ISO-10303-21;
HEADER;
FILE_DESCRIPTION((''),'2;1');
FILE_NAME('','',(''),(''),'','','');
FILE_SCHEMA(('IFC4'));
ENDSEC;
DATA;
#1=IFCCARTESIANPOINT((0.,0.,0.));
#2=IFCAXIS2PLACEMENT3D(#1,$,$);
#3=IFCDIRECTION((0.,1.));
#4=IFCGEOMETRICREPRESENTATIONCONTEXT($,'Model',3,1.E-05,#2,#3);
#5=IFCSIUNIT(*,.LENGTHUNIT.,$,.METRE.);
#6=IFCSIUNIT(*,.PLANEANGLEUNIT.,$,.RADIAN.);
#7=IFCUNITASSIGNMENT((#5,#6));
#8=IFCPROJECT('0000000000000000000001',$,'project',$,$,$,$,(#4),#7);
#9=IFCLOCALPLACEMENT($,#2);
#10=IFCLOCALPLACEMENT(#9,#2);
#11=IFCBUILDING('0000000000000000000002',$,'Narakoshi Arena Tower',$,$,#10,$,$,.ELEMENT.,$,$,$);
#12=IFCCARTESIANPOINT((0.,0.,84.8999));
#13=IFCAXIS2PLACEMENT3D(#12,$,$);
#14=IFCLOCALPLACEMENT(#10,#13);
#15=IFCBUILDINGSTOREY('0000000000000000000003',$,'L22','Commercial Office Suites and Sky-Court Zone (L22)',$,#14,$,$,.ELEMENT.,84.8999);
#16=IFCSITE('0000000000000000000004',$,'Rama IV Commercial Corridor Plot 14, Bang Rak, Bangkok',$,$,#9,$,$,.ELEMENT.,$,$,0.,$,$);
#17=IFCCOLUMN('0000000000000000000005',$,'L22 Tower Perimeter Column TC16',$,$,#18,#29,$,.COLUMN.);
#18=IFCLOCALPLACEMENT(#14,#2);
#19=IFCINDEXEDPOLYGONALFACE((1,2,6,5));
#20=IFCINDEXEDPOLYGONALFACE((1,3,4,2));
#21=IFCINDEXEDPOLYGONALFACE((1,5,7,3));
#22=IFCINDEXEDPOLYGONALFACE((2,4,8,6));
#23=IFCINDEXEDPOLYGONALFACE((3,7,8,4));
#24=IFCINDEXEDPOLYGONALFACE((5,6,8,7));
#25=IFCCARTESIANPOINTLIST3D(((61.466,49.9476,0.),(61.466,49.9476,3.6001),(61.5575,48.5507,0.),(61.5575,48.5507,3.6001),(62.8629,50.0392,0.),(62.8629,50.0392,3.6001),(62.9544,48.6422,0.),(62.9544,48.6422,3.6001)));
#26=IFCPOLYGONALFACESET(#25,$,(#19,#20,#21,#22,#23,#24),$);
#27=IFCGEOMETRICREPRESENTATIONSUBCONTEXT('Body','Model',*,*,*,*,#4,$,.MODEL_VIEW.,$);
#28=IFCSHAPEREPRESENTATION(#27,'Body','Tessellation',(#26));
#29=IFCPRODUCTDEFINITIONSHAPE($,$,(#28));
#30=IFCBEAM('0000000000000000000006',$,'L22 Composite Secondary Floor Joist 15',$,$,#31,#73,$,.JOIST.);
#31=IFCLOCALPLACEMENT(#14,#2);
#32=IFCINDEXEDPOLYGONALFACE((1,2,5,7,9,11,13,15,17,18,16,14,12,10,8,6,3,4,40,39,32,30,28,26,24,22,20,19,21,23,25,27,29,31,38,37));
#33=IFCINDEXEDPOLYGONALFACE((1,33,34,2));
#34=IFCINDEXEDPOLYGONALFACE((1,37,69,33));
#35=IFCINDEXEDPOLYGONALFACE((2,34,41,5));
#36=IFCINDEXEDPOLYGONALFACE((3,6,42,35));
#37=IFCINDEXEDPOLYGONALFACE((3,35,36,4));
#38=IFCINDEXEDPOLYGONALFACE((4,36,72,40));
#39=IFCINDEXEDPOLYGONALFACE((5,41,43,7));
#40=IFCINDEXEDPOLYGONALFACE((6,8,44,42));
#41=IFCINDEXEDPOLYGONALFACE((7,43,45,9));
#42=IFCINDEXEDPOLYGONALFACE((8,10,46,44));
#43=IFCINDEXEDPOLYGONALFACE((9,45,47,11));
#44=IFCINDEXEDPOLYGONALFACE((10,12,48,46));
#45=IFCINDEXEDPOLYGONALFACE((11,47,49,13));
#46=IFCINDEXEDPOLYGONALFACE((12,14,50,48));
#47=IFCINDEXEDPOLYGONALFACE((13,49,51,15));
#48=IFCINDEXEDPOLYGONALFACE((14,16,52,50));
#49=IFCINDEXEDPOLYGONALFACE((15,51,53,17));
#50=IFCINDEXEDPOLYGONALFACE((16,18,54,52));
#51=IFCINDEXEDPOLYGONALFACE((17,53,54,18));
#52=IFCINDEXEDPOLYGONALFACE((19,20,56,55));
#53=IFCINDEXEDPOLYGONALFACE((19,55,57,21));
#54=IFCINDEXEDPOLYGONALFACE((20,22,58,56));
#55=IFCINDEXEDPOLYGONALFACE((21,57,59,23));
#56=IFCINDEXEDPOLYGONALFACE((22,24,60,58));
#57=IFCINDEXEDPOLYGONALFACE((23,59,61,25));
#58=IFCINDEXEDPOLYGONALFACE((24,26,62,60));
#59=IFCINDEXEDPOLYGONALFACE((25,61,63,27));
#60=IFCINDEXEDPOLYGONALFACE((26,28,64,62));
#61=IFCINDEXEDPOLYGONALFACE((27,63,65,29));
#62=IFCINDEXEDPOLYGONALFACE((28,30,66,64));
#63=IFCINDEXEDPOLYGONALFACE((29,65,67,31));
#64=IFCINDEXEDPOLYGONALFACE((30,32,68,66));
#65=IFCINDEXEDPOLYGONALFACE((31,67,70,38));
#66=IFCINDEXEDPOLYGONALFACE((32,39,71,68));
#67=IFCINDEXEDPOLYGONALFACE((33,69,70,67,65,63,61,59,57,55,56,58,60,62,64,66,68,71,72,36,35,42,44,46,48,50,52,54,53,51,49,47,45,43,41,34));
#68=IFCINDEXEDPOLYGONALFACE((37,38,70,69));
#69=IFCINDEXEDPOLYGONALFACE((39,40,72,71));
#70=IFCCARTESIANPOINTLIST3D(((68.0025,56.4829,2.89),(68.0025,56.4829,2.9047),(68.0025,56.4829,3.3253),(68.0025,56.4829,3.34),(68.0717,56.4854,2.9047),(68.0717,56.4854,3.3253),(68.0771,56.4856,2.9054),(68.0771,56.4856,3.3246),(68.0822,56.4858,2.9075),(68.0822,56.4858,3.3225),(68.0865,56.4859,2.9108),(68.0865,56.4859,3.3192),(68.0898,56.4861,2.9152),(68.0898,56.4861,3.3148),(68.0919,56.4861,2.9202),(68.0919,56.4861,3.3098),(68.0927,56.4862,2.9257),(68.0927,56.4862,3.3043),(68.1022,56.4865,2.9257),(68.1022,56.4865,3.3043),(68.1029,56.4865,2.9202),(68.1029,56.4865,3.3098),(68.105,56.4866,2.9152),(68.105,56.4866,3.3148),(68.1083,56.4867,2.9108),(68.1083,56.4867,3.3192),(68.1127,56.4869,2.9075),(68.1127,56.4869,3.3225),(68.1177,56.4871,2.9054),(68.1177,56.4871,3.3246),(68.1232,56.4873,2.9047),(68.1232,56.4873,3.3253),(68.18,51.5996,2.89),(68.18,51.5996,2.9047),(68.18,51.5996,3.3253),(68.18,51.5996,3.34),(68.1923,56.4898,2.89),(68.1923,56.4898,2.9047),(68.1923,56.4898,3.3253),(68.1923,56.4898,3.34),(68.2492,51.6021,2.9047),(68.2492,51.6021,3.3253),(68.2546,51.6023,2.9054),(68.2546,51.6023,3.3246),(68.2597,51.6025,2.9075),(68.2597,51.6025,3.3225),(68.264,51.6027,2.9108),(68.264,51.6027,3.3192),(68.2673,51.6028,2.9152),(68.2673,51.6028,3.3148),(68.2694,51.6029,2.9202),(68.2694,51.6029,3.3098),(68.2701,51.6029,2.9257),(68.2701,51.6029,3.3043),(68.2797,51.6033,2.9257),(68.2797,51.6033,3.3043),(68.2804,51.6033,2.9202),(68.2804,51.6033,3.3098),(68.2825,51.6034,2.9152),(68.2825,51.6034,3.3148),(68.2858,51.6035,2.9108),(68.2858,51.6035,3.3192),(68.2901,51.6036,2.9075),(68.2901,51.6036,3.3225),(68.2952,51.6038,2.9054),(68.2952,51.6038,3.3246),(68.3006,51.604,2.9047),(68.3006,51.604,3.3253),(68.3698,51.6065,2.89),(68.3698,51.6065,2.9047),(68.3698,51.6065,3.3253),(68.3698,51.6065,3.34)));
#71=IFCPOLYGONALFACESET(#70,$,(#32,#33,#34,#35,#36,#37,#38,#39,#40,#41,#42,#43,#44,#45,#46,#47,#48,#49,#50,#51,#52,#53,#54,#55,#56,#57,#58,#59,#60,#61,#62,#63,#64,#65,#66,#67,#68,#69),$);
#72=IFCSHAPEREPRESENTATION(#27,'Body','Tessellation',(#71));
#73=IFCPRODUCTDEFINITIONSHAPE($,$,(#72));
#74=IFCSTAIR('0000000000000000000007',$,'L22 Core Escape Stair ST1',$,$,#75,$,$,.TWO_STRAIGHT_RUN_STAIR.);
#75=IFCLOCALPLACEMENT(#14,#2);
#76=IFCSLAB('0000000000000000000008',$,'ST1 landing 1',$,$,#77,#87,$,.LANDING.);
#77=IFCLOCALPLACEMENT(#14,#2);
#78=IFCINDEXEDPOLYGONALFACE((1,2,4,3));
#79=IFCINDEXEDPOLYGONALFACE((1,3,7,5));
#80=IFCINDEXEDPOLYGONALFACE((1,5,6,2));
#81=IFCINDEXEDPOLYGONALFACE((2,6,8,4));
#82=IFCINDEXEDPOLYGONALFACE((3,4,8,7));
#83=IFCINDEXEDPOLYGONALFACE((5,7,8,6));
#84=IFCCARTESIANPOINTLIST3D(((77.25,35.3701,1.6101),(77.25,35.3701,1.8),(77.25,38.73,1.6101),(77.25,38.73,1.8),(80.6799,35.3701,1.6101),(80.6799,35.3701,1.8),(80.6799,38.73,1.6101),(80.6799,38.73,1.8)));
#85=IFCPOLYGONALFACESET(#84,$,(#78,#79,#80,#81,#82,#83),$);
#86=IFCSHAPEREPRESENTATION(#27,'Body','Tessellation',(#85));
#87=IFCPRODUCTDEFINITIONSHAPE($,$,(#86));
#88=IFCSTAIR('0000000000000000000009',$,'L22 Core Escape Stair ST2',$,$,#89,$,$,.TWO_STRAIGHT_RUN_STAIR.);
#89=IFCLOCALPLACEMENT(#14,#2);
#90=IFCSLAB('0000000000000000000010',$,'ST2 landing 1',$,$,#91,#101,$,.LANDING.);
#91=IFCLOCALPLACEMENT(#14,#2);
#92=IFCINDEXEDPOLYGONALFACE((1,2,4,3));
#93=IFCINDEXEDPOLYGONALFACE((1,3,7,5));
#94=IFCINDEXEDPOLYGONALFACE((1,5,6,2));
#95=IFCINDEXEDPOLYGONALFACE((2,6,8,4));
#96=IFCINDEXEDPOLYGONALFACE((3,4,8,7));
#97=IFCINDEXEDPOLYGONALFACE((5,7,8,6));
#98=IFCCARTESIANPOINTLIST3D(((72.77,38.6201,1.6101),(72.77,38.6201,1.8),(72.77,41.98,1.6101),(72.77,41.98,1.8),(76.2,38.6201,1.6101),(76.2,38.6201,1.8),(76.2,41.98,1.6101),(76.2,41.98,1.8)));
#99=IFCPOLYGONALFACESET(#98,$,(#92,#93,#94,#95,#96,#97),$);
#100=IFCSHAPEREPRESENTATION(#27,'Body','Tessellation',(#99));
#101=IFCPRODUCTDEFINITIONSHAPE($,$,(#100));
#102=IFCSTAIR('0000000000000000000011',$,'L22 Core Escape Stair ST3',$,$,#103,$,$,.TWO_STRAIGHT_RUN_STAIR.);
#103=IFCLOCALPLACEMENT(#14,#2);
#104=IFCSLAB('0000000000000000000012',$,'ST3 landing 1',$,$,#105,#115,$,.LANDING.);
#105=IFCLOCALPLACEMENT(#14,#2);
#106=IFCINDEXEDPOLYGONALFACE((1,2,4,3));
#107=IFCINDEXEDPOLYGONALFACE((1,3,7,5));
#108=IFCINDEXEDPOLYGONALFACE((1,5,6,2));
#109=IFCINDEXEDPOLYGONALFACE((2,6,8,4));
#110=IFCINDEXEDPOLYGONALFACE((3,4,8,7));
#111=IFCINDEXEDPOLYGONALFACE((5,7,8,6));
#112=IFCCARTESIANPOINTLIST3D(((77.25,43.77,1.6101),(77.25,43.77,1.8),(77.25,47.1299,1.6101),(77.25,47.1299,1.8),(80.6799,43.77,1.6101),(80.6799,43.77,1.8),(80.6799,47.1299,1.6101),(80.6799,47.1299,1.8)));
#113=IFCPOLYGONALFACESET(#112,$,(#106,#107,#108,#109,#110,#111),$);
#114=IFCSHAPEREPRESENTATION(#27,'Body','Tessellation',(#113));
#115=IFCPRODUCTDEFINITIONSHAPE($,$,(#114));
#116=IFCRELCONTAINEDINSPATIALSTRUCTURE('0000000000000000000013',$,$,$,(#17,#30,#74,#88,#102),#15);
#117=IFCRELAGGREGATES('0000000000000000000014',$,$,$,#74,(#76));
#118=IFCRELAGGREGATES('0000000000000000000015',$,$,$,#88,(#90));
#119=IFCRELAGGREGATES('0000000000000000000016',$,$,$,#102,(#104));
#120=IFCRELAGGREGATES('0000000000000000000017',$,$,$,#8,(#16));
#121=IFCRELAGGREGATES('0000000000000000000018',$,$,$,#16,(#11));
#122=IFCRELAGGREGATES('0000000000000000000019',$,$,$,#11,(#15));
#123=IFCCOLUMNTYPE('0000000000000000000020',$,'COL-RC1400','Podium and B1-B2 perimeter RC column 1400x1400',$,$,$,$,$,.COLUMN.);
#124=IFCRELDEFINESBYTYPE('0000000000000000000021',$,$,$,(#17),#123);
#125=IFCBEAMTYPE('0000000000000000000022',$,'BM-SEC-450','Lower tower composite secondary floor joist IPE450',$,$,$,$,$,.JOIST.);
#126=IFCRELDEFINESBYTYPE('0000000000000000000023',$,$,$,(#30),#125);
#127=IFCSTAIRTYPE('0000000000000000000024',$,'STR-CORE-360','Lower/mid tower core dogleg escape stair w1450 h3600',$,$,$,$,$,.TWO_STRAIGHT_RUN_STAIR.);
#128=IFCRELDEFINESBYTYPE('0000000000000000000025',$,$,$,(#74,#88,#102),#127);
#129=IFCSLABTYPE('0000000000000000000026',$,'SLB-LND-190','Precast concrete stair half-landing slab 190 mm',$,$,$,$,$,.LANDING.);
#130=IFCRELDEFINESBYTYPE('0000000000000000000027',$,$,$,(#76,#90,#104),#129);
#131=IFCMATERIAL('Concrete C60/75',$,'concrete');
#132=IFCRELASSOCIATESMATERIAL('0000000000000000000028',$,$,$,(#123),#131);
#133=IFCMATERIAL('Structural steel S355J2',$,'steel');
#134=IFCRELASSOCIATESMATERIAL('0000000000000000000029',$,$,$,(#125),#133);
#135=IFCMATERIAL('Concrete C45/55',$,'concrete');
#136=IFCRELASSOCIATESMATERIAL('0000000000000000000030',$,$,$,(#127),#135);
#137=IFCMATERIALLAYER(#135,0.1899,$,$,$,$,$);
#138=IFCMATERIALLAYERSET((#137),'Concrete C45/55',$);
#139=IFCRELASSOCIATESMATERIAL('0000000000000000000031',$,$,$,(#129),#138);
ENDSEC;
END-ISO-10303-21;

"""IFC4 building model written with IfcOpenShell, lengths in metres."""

from ifc_helpers import new_model, si_unit, direction, frame, origin, origin_2d, place, context, subcontext, project, spatial, polyline, rectangle, i_section, outline, extrude, material, layer, layer_set, material_profile, profile_set, type_object, element, aggregate, save


model = new_model("IFC4")

# Units and contexts
model_context = context("Model", 3, precision=1e-05, world=origin(), true_north=direction((0.0, 1.0)))
body_context = subcontext(model_context, "Body", "Model", "MODEL_VIEW")
ifc_project = project(units=[si_unit("LENGTHUNIT", "METRE"), si_unit("PLANEANGLEUNIT", "RADIAN")], contexts=[model_context])

# Site, building, storey
site_placement = place(None, origin())
site = spatial("IfcSite", under=ifc_project, at=site_placement, Name="Rama IV Commercial Corridor Plot 14, Bang Rak, Bangkok", CompositionType="ELEMENT", RefElevation=0.0)
building_placement = place(site_placement, origin())
building = spatial("IfcBuilding", under=site, at=building_placement, Name="Narakoshi Arena Tower", CompositionType="ELEMENT")
storey_placement = place(building_placement, frame((0.0, 0.0, 84.8999)))
storey = spatial("IfcBuildingStorey", under=building, at=storey_placement, Name="L22", Description="Commercial Office Suites and Sky-Court Zone (L22)", CompositionType="ELEMENT", Elevation=84.8999)

# Column
ifc_material_1 = material(Name="Concrete C60/75", Category="concrete")
ifc_material_profile_1 = material_profile(ifc_material_1, rectangle(XDim=1.3999, YDim=1.3999, at=origin_2d()), Name="RC1400x1400")
ifc_profile_set_1 = profile_set([ifc_material_profile_1], Name="Concrete C60/75")
column_type = type_object("IfcColumnType", Name="COL-RC1400", Description="Podium and B1-B2 perimeter RC column 1400x1400", PredefinedType="COLUMN", material=ifc_profile_set_1)
column_placement = place(storey_placement, frame((62.2102, 49.2949, 0.0), z_axis=(0.0, 0.0, 1.0), x_axis=(-0.065403, 0.997859, 0.0)))
element("IfcColumn", 1, at=column_placement, inside=storey, type_object=column_type, Name="L22 Tower Perimeter Column TC16", PredefinedType="COLUMN", context=body_context, shape_type="SweptSolid", body=[
    extrude(rectangle(XDim=1.3999, YDim=1.3999, at=origin_2d()), origin(), (0.0, 0.0, 1.0), 3.6001),
])

# Beam
ifc_material_2 = material(Name="Structural steel S355J2", Category="steel")
ifc_material_profile_2 = material_profile(ifc_material_2, i_section(OverallWidth=0.1899, OverallDepth=0.45, WebThickness=0.0095, FlangeThickness=0.0146, FilletRadius=0.021, at=origin_2d()), Name="IPE450")
ifc_profile_set_2 = profile_set([ifc_material_profile_2], Name="Structural steel S355J2")
beam_type = type_object("IfcBeamType", Name="BM-SEC-450", Description="Lower tower composite secondary floor joist IPE450", PredefinedType="JOIST", material=ifc_profile_set_2)
beam_placement = place(storey_placement, frame((68.0974, 56.4863, 3.115), z_axis=(0.036322, -0.99934, 0.0), x_axis=(0.99934, 0.036322, 0.0)))
element("IfcBeam", 2, at=beam_placement, inside=storey, type_object=beam_type, Name="L22 Composite Secondary Floor Joist 15", PredefinedType="JOIST", context=body_context, shape_type="SweptSolid", body=[
    extrude(i_section(OverallWidth=0.1899, OverallDepth=0.45, WebThickness=0.0095, FlangeThickness=0.0146, FilletRadius=0.021, at=origin_2d()), origin(), (0.0, 0.0, 1.0), 4.8865),
])

# Stairs, slabs
ifc_material_3 = material(Name="Concrete C45/55", Category="concrete")
stair_type = type_object("IfcStairType", Name="STR-CORE-360", Description="Lower/mid tower core dogleg escape stair w1450 h3600", PredefinedType="TWO_STRAIGHT_RUN_STAIR", material=ifc_material_3)
stair_1_placement = place(storey_placement, origin())
stair_1 = element("IfcStair", 3, at=stair_1_placement, inside=storey, type_object=stair_type, Name="L22 Core Escape Stair ST1", PredefinedType="TWO_STRAIGHT_RUN_STAIR")
ifc_layer_1 = layer(ifc_material_3, 0.1899)
ifc_layer_set_1 = layer_set([ifc_layer_1], Name="Concrete C45/55")
slab_type_1 = type_object("IfcSlabType", Name="SLB-LND-190", Description="Precast concrete stair half-landing slab 190 mm", PredefinedType="LANDING", material=ifc_layer_set_1)
slab_1_placement = place(storey_placement, frame((0.0, 0.0, 1.6101)))
slab_1 = element("IfcSlab", 4, at=slab_1_placement, type_object=slab_type_1, Name="ST1 landing 1", PredefinedType="LANDING", context=body_context, shape_type="SweptSolid", body=[
    extrude(outline(polyline([(77.25, 35.3701), (80.6799, 35.3701), (80.6799, 38.73), (77.25, 38.73), (77.25, 35.3701)])), origin(), (0.0, 0.0, 1.0), 0.1899),
])
aggregate(stair_1, [slab_1])
stair_2_placement = place(storey_placement, origin())
stair_2 = element("IfcStair", 5, at=stair_2_placement, inside=storey, type_object=stair_type, Name="L22 Core Escape Stair ST2", PredefinedType="TWO_STRAIGHT_RUN_STAIR")
slab_2_placement = place(storey_placement, frame((0.0, 0.0, 1.6101)))
slab_2 = element("IfcSlab", 6, at=slab_2_placement, type_object=slab_type_1, Name="ST2 landing 1", PredefinedType="LANDING", context=body_context, shape_type="SweptSolid", body=[
    extrude(outline(polyline([(72.77, 38.6201), (76.2, 38.6201), (76.2, 41.98), (72.77, 41.98), (72.77, 38.6201)])), origin(), (0.0, 0.0, 1.0), 0.1899),
])
aggregate(stair_2, [slab_2])
stair_3_placement = place(storey_placement, origin())
stair_3 = element("IfcStair", 7, at=stair_3_placement, inside=storey, type_object=stair_type, Name="L22 Core Escape Stair ST3", PredefinedType="TWO_STRAIGHT_RUN_STAIR")
slab_3_placement = place(storey_placement, frame((0.0, 0.0, 1.6101)))
slab_3 = element("IfcSlab", 8, at=slab_3_placement, type_object=slab_type_1, Name="ST3 landing 1", PredefinedType="LANDING", context=body_context, shape_type="SweptSolid", body=[
    extrude(outline(polyline([(77.25, 43.77), (80.6799, 43.77), (80.6799, 47.1299), (77.25, 47.1299), (77.25, 43.77)])), origin(), (0.0, 0.0, 1.0), 0.1899),
])
aggregate(stair_3, [slab_3])

save(model, "model.ifc")
